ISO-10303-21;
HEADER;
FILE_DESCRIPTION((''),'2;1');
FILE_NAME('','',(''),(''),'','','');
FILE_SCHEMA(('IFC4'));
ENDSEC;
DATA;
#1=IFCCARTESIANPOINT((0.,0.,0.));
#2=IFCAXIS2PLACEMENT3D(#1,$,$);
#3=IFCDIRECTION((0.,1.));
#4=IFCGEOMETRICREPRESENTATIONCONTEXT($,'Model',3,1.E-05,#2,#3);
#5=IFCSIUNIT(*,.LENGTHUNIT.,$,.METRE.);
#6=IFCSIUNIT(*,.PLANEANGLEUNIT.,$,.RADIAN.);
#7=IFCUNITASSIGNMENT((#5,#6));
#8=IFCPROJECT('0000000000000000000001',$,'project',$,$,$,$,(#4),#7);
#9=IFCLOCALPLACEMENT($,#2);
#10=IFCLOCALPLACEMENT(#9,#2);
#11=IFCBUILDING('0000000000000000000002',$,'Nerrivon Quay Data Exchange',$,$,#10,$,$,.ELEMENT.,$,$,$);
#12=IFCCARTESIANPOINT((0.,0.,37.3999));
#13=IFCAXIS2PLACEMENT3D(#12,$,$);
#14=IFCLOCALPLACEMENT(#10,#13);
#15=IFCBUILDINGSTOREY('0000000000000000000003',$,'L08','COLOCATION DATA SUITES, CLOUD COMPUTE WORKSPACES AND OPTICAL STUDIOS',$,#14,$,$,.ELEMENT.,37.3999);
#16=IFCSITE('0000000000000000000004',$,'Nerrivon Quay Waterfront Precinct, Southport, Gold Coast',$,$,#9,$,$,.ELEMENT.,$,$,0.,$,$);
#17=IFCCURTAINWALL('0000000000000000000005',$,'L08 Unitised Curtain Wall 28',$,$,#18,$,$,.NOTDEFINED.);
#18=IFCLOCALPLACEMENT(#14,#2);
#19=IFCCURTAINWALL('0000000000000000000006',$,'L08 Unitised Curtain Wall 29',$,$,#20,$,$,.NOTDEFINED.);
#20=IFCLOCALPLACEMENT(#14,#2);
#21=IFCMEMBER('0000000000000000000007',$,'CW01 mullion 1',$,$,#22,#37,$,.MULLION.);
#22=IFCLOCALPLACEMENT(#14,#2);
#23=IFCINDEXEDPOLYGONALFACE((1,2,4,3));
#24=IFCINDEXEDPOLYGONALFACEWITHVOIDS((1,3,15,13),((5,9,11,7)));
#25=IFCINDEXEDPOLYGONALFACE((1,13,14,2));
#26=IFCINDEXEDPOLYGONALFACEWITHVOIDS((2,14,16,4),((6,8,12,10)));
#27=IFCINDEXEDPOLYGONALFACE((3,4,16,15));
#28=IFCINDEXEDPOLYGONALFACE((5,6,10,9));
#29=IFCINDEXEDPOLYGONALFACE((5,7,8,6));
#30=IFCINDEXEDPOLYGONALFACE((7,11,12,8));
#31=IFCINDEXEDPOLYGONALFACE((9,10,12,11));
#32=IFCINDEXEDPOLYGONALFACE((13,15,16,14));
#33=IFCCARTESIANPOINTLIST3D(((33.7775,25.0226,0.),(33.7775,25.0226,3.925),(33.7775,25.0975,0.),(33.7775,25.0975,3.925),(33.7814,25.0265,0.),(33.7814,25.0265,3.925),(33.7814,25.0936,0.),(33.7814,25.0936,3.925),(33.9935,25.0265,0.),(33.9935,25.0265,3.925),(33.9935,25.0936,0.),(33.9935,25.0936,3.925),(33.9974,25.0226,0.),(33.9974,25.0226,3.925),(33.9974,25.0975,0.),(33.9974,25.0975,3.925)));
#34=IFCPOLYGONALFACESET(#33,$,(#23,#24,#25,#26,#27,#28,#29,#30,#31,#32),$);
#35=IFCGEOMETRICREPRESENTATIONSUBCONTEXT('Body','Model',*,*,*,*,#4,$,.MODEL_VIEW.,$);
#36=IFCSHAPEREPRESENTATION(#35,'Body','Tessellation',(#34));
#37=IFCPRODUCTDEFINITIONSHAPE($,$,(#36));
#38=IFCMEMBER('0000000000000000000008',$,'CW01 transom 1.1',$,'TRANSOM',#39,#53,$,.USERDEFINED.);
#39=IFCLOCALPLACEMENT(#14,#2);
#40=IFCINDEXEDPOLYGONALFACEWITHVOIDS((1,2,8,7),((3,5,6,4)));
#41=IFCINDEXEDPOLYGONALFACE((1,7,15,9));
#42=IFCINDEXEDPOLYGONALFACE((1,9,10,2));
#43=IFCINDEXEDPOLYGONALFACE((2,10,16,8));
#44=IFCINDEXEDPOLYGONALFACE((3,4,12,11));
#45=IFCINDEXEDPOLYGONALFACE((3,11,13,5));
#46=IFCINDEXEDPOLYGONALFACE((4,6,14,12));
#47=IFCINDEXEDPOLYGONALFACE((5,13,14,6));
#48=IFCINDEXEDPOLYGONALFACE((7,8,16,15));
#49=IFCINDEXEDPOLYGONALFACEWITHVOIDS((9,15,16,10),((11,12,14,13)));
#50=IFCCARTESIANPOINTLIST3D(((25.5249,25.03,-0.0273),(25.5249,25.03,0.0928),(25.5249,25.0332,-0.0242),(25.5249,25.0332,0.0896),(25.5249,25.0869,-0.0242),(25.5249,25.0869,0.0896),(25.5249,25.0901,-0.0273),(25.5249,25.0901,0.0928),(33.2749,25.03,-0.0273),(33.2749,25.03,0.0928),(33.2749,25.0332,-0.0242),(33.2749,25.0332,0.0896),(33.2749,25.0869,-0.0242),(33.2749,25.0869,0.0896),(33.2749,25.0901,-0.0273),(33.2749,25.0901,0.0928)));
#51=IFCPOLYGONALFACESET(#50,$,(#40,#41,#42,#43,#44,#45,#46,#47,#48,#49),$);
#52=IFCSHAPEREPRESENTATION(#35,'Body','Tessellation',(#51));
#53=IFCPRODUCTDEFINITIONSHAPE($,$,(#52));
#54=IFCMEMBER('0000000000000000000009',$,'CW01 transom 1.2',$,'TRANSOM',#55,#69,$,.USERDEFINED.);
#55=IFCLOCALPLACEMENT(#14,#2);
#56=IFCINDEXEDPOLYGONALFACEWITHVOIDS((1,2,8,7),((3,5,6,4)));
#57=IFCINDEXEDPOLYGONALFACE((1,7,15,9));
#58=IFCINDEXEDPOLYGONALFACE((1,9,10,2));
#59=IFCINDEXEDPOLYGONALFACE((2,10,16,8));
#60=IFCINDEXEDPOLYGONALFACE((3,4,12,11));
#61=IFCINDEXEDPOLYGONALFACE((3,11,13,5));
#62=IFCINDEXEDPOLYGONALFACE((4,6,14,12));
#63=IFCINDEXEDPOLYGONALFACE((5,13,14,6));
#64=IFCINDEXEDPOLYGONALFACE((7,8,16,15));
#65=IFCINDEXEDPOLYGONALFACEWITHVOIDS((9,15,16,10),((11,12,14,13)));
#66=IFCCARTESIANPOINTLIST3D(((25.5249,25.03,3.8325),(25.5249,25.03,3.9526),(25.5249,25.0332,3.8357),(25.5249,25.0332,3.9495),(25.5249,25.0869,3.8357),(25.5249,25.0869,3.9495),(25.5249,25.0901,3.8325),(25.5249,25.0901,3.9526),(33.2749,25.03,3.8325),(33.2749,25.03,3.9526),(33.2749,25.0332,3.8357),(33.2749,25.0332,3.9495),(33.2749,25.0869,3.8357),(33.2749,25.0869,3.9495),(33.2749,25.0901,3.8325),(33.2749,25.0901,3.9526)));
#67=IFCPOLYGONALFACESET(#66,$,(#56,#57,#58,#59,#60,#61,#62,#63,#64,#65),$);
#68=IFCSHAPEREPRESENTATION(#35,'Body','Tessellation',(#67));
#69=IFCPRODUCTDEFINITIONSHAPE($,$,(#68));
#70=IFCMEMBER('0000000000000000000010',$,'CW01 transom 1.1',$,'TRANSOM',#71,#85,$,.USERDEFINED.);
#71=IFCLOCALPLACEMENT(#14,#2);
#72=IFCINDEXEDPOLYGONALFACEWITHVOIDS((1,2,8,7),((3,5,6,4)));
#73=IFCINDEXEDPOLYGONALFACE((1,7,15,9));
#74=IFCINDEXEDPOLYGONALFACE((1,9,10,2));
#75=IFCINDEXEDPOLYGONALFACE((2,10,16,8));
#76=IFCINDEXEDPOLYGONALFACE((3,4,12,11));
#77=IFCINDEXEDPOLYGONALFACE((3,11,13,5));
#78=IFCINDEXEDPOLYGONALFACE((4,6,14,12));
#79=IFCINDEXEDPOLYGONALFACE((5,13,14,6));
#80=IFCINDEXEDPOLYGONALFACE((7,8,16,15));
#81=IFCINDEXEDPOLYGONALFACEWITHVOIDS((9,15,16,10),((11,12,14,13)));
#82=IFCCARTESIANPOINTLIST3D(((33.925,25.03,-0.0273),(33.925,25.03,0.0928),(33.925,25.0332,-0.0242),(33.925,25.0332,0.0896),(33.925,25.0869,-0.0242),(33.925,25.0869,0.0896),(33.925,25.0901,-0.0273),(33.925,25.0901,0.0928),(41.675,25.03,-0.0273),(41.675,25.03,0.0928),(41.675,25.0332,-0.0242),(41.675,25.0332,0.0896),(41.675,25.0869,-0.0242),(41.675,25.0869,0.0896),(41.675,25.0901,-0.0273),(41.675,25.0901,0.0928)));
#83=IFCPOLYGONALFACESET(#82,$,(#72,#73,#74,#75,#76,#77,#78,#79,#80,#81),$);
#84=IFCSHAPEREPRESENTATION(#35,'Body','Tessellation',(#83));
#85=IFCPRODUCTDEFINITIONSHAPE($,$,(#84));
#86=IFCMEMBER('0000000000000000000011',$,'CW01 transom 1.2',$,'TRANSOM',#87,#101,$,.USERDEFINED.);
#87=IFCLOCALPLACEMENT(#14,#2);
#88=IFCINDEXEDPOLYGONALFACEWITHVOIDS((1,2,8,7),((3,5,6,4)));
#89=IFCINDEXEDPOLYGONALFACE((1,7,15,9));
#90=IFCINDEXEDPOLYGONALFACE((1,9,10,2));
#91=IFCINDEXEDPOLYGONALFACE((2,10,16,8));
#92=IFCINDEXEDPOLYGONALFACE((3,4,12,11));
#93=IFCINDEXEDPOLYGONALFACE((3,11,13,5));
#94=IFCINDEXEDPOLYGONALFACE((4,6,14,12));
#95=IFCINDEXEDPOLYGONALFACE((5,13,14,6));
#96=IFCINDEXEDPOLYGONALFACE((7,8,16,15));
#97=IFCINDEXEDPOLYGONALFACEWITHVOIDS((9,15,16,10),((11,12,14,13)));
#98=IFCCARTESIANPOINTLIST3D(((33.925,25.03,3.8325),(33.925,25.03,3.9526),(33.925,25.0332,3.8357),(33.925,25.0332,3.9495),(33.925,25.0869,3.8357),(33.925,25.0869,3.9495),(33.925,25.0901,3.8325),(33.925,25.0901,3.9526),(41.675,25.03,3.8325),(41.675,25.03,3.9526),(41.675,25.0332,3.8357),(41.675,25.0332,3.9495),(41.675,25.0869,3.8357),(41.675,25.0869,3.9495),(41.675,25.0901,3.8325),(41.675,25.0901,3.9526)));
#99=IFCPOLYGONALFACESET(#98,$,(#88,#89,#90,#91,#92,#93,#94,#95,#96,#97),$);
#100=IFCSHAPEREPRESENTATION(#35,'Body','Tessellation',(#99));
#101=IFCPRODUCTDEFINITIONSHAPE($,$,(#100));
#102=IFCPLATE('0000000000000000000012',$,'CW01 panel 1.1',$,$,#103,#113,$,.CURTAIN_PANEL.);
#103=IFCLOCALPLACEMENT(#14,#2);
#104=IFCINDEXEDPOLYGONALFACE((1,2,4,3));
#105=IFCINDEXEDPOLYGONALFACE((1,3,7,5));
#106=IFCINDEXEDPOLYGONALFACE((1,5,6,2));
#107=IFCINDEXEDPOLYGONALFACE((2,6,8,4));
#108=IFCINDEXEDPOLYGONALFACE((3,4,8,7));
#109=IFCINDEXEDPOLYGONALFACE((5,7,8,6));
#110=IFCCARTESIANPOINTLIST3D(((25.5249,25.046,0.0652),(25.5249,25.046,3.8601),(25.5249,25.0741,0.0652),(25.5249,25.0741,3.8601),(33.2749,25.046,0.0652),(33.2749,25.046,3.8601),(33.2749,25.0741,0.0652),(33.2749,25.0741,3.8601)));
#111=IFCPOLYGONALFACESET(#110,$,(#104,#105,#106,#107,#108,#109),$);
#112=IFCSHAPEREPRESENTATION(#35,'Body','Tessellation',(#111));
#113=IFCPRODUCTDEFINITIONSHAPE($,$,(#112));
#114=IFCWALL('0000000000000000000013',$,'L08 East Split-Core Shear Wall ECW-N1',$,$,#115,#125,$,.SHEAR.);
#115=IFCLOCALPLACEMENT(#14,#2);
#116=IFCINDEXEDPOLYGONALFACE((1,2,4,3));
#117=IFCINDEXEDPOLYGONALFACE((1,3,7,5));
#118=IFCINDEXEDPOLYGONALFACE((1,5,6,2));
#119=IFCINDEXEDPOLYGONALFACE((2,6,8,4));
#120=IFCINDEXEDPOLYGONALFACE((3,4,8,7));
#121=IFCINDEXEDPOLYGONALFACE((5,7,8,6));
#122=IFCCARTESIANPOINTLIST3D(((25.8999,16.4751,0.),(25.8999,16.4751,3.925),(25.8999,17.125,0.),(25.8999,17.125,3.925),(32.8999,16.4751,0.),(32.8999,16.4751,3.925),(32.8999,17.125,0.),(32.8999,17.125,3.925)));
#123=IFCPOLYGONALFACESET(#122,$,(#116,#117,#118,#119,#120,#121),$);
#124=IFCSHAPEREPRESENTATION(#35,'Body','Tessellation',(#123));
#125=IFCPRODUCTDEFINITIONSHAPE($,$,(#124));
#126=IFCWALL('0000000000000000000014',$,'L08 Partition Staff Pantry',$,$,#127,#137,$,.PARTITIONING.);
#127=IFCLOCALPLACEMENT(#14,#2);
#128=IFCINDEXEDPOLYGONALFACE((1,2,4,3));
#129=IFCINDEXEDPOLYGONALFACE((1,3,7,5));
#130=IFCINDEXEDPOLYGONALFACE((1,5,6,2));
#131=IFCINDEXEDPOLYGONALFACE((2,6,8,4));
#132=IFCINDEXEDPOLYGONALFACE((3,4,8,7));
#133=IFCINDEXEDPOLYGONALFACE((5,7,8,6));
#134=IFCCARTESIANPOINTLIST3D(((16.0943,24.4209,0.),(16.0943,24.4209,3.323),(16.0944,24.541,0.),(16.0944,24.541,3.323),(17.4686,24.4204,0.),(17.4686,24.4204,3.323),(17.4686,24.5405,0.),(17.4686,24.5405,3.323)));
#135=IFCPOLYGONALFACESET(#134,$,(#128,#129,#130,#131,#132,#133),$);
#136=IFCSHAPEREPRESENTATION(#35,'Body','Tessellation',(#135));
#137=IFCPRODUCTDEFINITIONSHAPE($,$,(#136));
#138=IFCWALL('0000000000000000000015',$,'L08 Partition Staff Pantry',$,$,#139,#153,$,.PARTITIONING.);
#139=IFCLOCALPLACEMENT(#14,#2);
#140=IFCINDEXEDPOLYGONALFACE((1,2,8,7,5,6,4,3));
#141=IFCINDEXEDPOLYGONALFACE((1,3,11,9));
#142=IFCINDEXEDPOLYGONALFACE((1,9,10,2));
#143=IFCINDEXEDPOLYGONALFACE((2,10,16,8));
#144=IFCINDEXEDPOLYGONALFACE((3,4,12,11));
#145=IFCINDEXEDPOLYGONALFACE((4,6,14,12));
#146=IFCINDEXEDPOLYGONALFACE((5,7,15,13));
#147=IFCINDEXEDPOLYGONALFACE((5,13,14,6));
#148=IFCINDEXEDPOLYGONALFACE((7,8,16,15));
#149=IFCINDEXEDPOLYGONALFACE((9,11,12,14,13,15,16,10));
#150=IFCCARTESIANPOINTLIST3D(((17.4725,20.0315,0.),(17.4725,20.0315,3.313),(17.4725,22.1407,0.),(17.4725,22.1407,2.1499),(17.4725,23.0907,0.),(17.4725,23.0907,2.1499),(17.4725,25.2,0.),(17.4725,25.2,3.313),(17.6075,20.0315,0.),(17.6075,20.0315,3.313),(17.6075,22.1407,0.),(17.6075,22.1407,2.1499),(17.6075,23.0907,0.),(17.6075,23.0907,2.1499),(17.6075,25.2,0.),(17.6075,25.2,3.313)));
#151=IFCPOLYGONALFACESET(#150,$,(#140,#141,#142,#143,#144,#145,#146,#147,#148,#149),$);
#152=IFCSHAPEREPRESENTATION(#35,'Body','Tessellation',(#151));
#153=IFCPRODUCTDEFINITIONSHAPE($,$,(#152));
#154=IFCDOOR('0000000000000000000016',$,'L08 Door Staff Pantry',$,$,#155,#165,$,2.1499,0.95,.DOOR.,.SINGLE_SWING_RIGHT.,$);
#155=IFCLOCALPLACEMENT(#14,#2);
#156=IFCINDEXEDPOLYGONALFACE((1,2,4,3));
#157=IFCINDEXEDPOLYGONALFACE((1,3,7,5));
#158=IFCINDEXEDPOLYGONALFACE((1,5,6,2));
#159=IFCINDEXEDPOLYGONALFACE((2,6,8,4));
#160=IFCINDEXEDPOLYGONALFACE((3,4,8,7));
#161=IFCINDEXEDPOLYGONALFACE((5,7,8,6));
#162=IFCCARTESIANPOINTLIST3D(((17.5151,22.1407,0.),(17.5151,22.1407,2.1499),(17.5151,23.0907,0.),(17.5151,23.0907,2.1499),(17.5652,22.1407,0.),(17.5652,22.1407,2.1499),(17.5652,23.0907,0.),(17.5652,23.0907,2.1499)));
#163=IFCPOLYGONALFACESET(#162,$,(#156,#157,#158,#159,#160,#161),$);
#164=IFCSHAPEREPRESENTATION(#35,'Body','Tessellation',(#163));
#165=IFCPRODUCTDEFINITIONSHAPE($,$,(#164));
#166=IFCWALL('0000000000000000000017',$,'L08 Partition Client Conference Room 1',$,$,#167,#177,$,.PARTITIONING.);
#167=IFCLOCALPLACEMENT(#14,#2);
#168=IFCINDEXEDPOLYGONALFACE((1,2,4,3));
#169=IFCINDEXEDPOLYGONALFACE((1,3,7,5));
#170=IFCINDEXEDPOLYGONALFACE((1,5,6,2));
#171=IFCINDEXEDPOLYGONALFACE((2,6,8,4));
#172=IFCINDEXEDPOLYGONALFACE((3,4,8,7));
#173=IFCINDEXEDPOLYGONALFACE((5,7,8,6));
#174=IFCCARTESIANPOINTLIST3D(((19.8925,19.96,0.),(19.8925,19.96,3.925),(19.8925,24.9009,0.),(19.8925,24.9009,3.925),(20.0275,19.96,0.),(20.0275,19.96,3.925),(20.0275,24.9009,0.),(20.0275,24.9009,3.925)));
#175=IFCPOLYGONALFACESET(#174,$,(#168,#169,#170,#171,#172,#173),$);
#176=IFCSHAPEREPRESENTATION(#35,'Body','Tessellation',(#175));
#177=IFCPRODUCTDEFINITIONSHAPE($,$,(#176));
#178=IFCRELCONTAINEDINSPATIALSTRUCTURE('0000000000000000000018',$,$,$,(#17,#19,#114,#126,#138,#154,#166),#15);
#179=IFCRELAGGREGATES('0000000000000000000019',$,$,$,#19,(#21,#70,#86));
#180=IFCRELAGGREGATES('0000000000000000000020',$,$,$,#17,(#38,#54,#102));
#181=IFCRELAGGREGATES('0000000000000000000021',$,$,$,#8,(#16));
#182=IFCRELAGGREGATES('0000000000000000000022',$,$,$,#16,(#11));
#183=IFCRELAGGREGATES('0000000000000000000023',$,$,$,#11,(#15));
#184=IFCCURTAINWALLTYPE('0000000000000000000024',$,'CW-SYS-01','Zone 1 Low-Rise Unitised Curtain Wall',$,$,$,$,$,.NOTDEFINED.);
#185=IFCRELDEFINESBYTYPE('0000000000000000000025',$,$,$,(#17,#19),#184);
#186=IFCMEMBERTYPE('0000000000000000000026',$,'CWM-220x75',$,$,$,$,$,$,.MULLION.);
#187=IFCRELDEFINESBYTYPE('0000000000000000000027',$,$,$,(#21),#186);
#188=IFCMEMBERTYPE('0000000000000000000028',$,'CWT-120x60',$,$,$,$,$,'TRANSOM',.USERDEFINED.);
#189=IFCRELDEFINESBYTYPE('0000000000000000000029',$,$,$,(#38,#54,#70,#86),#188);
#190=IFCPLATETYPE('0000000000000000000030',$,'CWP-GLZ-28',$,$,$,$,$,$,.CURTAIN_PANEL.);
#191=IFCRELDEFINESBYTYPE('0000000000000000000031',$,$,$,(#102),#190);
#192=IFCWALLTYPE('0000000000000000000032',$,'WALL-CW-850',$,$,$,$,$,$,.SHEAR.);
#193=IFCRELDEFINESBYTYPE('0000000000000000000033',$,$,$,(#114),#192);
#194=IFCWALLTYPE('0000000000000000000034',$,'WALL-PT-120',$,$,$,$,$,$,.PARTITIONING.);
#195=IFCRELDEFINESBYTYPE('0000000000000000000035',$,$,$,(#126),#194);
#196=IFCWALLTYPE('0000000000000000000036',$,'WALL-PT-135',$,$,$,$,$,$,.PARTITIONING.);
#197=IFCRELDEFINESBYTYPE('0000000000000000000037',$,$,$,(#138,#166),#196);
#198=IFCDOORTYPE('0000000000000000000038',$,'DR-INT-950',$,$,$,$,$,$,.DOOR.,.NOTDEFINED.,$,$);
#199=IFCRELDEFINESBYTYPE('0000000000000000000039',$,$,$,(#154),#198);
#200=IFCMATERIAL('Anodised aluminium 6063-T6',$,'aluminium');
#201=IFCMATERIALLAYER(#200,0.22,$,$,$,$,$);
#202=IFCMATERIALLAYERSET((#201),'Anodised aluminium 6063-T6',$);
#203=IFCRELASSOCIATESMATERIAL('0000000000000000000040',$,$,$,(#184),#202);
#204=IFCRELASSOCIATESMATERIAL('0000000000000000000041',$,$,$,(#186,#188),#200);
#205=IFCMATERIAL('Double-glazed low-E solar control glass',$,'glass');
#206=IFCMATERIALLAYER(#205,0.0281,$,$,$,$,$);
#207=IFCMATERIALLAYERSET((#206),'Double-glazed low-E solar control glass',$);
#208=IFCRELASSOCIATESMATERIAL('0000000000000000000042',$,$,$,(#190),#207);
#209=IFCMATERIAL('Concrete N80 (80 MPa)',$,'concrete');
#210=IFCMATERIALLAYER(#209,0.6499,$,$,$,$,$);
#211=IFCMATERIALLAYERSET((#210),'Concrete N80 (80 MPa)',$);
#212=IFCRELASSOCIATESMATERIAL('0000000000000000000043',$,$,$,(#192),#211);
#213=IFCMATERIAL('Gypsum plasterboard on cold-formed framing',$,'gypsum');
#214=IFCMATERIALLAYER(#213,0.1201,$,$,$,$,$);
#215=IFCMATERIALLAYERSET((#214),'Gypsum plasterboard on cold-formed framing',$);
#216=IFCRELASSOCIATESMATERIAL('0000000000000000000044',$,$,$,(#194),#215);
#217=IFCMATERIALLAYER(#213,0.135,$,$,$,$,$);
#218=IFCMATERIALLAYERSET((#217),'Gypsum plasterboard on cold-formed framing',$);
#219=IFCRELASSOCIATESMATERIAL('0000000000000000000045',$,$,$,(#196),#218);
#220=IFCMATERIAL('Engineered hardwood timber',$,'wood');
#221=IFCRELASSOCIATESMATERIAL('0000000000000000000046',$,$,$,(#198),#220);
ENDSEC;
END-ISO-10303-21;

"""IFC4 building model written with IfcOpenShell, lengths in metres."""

from ifc_helpers import new_model, si_unit, direction, frame, frame_2d, origin, origin_2d, place, context, subcontext, project, spatial, rectangle, hollow_rectangle, extrude, material, layer, layer_set, material_profile, profile_set, type_object, element, fill, aggregate, save


model = new_model("IFC4")

# Units and contexts
model_context = context("Model", 3, precision=1e-05, world=origin(), true_north=direction((0.0, 1.0)))
body_context = subcontext(model_context, "Body", "Model", "MODEL_VIEW")
ifc_project = project(units=[si_unit("LENGTHUNIT", "METRE"), si_unit("PLANEANGLEUNIT", "RADIAN")], contexts=[model_context])

# Site, building, storey
site_placement = place(None, origin())
site = spatial("IfcSite", under=ifc_project, at=site_placement, Name="Nerrivon Quay Waterfront Precinct, Southport, Gold Coast", CompositionType="ELEMENT", RefElevation=0.0)
building_placement = place(site_placement, origin())
building = spatial("IfcBuilding", under=site, at=building_placement, Name="Nerrivon Quay Data Exchange", CompositionType="ELEMENT")
storey_placement = place(building_placement, frame((0.0, 0.0, 37.3999)))
storey = spatial("IfcBuildingStorey", under=building, at=storey_placement, Name="L08", Description="COLOCATION DATA SUITES, CLOUD COMPUTE WORKSPACES AND OPTICAL STUDIOS", CompositionType="ELEMENT", Elevation=37.3999)

# Shared definitions
ifc_material_1 = material(Name="Concrete N80 (80 MPa)", Category="concrete")

# Curtain wall
ifc_material_2 = material(Name="Anodised aluminium 6063-T6", Category="aluminium")
ifc_layer_1 = layer(ifc_material_2, 0.22)
ifc_layer_set_1 = layer_set([ifc_layer_1], Name="Anodised aluminium 6063-T6")
curtain_wall_type = type_object("IfcCurtainWallType", Name="CW-SYS-01", Description="Zone 1 Low-Rise Unitised Curtain Wall", PredefinedType="NOTDEFINED", material=ifc_layer_set_1)
curtain_wall_1_placement = place(storey_placement, origin())
curtain_wall_1 = element("IfcCurtainWall", 1, at=curtain_wall_1_placement, inside=storey, type_object=curtain_wall_type, Name="L08 Unitised Curtain Wall 28", PredefinedType="NOTDEFINED")
ifc_material_profile_1 = material_profile(ifc_material_2, hollow_rectangle(XDim=0.075, YDim=0.22, WallThickness=0.0039, at=origin_2d()), Name="ALU-MULL-220x75")
ifc_profile_set_1 = profile_set([ifc_material_profile_1], Name="Anodised aluminium 6063-T6")
member_type_1 = type_object("IfcMemberType", Name="CWM-220x75", PredefinedType="MULLION", material=ifc_profile_set_1)

# Curtain wall, member
curtain_wall_2_placement = place(storey_placement, origin())
curtain_wall_2 = element("IfcCurtainWall", 2, at=curtain_wall_2_placement, inside=storey, type_object=curtain_wall_type, Name="L08 Unitised Curtain Wall 29", PredefinedType="NOTDEFINED")
member_1_placement = place(storey_placement, frame((33.8875, 25.0601, 0.0), z_axis=(0.0, 0.0, 1.0), x_axis=(0.0, 1.0, 0.0)))
member_1 = element("IfcMember", 3, at=member_1_placement, type_object=member_type_1, Name="CW01 mullion 1", PredefinedType="MULLION", context=body_context, shape_type="SweptSolid", body=[
    extrude(hollow_rectangle(XDim=0.075, YDim=0.22, WallThickness=0.0039, at=origin_2d()), origin(), (0.0, 0.0, 1.0), 3.925),
])

# Members
ifc_material_profile_2 = material_profile(ifc_material_2, hollow_rectangle(XDim=0.0601, YDim=0.1201, WallThickness=0.0032, at=origin_2d()), Name="ALU-TRAN-120x60")
ifc_profile_set_2 = profile_set([ifc_material_profile_2], Name="Anodised aluminium 6063-T6")
member_type_2 = type_object("IfcMemberType", Name="CWT-120x60", ElementType="TRANSOM", PredefinedType="USERDEFINED", material=ifc_profile_set_2)
member_2_placement = place(storey_placement, frame((25.5249, 25.0601, 0.0327), z_axis=(1.0, 0.0, 0.0), x_axis=(0.0, 1.0, 0.0)))
member_2 = element("IfcMember", 4, at=member_2_placement, type_object=member_type_2, Name="CW01 transom 1.1", ObjectType="TRANSOM", PredefinedType="USERDEFINED", context=body_context, shape_type="SweptSolid", body=[
    extrude(hollow_rectangle(XDim=0.0601, YDim=0.1201, WallThickness=0.0032, at=origin_2d()), origin(), (0.0, 0.0, 1.0), 7.75),
])
member_3_placement = place(storey_placement, frame((25.5249, 25.0601, 3.8926), z_axis=(1.0, 0.0, 0.0), x_axis=(0.0, 1.0, 0.0)))
member_3 = element("IfcMember", 5, at=member_3_placement, type_object=member_type_2, Name="CW01 transom 1.2", ObjectType="TRANSOM", PredefinedType="USERDEFINED", context=body_context, shape_type="SweptSolid", body=[
    extrude(hollow_rectangle(XDim=0.0601, YDim=0.1201, WallThickness=0.0032, at=origin_2d()), origin(), (0.0, 0.0, 1.0), 7.75),
])
member_4_placement = place(storey_placement, frame((33.925, 25.0601, 0.0327), z_axis=(1.0, 0.0, 0.0), x_axis=(0.0, 1.0, 0.0)))
member_4 = element("IfcMember", 6, at=member_4_placement, type_object=member_type_2, Name="CW01 transom 1.1", ObjectType="TRANSOM", PredefinedType="USERDEFINED", context=body_context, shape_type="SweptSolid", body=[
    extrude(hollow_rectangle(XDim=0.0601, YDim=0.1201, WallThickness=0.0032, at=origin_2d()), origin(), (0.0, 0.0, 1.0), 7.75),
])
member_5_placement = place(storey_placement, frame((33.925, 25.0601, 3.8926), z_axis=(1.0, 0.0, 0.0), x_axis=(0.0, 1.0, 0.0)))
member_5 = element("IfcMember", 7, at=member_5_placement, type_object=member_type_2, Name="CW01 transom 1.2", ObjectType="TRANSOM", PredefinedType="USERDEFINED", context=body_context, shape_type="SweptSolid", body=[
    extrude(hollow_rectangle(XDim=0.0601, YDim=0.1201, WallThickness=0.0032, at=origin_2d()), origin(), (0.0, 0.0, 1.0), 7.75),
])
aggregate(curtain_wall_2, [member_1, member_4, member_5])

# Plate
ifc_material_3 = material(Name="Double-glazed low-E solar control glass", Category="glass")
ifc_layer_2 = layer(ifc_material_3, 0.0281)
ifc_layer_set_2 = layer_set([ifc_layer_2], Name="Double-glazed low-E solar control glass")
plate_type = type_object("IfcPlateType", Name="CWP-GLZ-28", PredefinedType="CURTAIN_PANEL", material=ifc_layer_set_2)
plate_placement = place(storey_placement, frame((29.3999, 25.0601, 0.0652), z_axis=(0.0, 0.0, 1.0), x_axis=(1.0, 0.0, 0.0)))
plate = element("IfcPlate", 8, at=plate_placement, type_object=plate_type, Name="CW01 panel 1.1", PredefinedType="CURTAIN_PANEL", context=body_context, shape_type="SweptSolid", body=[
    extrude(rectangle(XDim=7.75, YDim=0.0281, at=origin_2d()), origin(), (0.0, 0.0, 1.0), 3.7949),
])
aggregate(curtain_wall_1, [member_2, member_3, plate])

# Walls
ifc_layer_3 = layer(ifc_material_1, 0.6499)
ifc_layer_set_3 = layer_set([ifc_layer_3], Name="Concrete N80 (80 MPa)")
wall_type_1 = type_object("IfcWallType", Name="WALL-CW-850", PredefinedType="SHEAR", material=ifc_layer_set_3)
wall_1_placement = place(storey_placement, frame((25.8999, 16.8, 0.0), z_axis=(0.0, 0.0, 1.0), x_axis=(1.0, 0.0, 0.0)))
element("IfcWall", 9, at=wall_1_placement, inside=storey, type_object=wall_type_1, Name="L08 East Split-Core Shear Wall ECW-N1", PredefinedType="SHEAR", context=body_context, shape_type="SweptSolid", body=[
    extrude(rectangle(XDim=7.0, YDim=0.6499, at=frame_2d((3.5, 0.0))), origin(), (0.0, 0.0, 1.0), 3.925),
])
ifc_material_4 = material(Name="Gypsum plasterboard on cold-formed framing", Category="gypsum")
ifc_layer_4 = layer(ifc_material_4, 0.1201)
ifc_layer_set_4 = layer_set([ifc_layer_4], Name="Gypsum plasterboard on cold-formed framing")
wall_type_2 = type_object("IfcWallType", Name="WALL-PT-120", PredefinedType="PARTITIONING", material=ifc_layer_set_4)
wall_2_placement = place(storey_placement, frame((17.4685, 24.4805, 0.0), z_axis=(0.0, 0.0, 1.0), x_axis=(-1.0, 0.000355, 0.0)))
element("IfcWall", 10, at=wall_2_placement, inside=storey, type_object=wall_type_2, Name="L08 Partition Staff Pantry", PredefinedType="PARTITIONING", context=body_context, shape_type="SweptSolid", body=[
    extrude(rectangle(XDim=1.3743, YDim=0.1201, at=frame_2d((0.687, 0.0))), origin(), (0.0, 0.0, 1.0), 3.323),
])

# Wall, opening, door
ifc_layer_5 = layer(ifc_material_4, 0.135)
ifc_layer_set_5 = layer_set([ifc_layer_5], Name="Gypsum plasterboard on cold-formed framing")
wall_type_3 = type_object("IfcWallType", Name="WALL-PT-135", PredefinedType="PARTITIONING", material=ifc_layer_set_5)
wall_3_placement = place(storey_placement, frame((17.54, 20.0315, 0.0), z_axis=(0.0, 0.0, 1.0), x_axis=(0.0, 1.0, 0.0)))
wall_3 = element("IfcWall", 11, at=wall_3_placement, inside=storey, type_object=wall_type_3, Name="L08 Partition Staff Pantry", PredefinedType="PARTITIONING", context=body_context, shape_type="SweptSolid", body=[
    extrude(rectangle(XDim=5.1685, YDim=0.135, at=frame_2d((2.5842, 0.0))), origin(), (0.0, 0.0, 1.0), 3.313),
])
opening_1_placement = place(wall_3_placement, frame((2.1091, 0.0, 0.0)))
opening_1 = element("IfcOpeningElement", 12, at=opening_1_placement, cuts=wall_3, PredefinedType="OPENING", context=body_context, shape_type="SweptSolid", body=[
    extrude(rectangle(XDim=0.95, YDim=2.1499, at=frame_2d((0.4751, 1.075))), frame((0.0, 0.0774, 0.0), z_axis=(0.0, -1.0, 0.0), x_axis=(1.0, 0.0, 0.0)), (0.0, 0.0, 1.0), 0.155),
])
ifc_material_5 = material(Name="Engineered hardwood timber", Category="wood")
door_type = type_object("IfcDoorType", Name="DR-INT-950", OperationType="NOTDEFINED", PredefinedType="DOOR", material=ifc_material_5)
door_1_placement = place(opening_1_placement, origin())
door_1 = element("IfcDoor", 13, at=door_1_placement, inside=storey, type_object=door_type, Name="L08 Door Staff Pantry", OperationType="SINGLE_SWING_RIGHT", OverallHeight=2.1499, OverallWidth=0.95, PredefinedType="DOOR", context=body_context, shape_type="SweptSolid", body=[
    extrude(rectangle(XDim=0.95, YDim=2.1499, at=frame_2d((0.4751, 1.075))), frame((0.0, 0.0249, 0.0), z_axis=(0.0, -1.0, 0.0), x_axis=(1.0, 0.0, 0.0)), (0.0, 0.0, 1.0), 0.05),
])
fill(opening_1, door_1)

# Wall
wall_4_placement = place(storey_placement, frame((19.96, 24.9009, 0.0), z_axis=(0.0, 0.0, 1.0), x_axis=(0.0, -1.0, 0.0)))
element("IfcWall", 14, at=wall_4_placement, inside=storey, type_object=wall_type_3, Name="L08 Partition Client Conference Room 1", PredefinedType="PARTITIONING", context=body_context, shape_type="SweptSolid", body=[
    extrude(rectangle(XDim=4.9409, YDim=0.135, at=frame_2d((2.4705, 0.0))), origin(), (0.0, 0.0, 1.0), 3.925),
])

save(model, "model.ifc")
